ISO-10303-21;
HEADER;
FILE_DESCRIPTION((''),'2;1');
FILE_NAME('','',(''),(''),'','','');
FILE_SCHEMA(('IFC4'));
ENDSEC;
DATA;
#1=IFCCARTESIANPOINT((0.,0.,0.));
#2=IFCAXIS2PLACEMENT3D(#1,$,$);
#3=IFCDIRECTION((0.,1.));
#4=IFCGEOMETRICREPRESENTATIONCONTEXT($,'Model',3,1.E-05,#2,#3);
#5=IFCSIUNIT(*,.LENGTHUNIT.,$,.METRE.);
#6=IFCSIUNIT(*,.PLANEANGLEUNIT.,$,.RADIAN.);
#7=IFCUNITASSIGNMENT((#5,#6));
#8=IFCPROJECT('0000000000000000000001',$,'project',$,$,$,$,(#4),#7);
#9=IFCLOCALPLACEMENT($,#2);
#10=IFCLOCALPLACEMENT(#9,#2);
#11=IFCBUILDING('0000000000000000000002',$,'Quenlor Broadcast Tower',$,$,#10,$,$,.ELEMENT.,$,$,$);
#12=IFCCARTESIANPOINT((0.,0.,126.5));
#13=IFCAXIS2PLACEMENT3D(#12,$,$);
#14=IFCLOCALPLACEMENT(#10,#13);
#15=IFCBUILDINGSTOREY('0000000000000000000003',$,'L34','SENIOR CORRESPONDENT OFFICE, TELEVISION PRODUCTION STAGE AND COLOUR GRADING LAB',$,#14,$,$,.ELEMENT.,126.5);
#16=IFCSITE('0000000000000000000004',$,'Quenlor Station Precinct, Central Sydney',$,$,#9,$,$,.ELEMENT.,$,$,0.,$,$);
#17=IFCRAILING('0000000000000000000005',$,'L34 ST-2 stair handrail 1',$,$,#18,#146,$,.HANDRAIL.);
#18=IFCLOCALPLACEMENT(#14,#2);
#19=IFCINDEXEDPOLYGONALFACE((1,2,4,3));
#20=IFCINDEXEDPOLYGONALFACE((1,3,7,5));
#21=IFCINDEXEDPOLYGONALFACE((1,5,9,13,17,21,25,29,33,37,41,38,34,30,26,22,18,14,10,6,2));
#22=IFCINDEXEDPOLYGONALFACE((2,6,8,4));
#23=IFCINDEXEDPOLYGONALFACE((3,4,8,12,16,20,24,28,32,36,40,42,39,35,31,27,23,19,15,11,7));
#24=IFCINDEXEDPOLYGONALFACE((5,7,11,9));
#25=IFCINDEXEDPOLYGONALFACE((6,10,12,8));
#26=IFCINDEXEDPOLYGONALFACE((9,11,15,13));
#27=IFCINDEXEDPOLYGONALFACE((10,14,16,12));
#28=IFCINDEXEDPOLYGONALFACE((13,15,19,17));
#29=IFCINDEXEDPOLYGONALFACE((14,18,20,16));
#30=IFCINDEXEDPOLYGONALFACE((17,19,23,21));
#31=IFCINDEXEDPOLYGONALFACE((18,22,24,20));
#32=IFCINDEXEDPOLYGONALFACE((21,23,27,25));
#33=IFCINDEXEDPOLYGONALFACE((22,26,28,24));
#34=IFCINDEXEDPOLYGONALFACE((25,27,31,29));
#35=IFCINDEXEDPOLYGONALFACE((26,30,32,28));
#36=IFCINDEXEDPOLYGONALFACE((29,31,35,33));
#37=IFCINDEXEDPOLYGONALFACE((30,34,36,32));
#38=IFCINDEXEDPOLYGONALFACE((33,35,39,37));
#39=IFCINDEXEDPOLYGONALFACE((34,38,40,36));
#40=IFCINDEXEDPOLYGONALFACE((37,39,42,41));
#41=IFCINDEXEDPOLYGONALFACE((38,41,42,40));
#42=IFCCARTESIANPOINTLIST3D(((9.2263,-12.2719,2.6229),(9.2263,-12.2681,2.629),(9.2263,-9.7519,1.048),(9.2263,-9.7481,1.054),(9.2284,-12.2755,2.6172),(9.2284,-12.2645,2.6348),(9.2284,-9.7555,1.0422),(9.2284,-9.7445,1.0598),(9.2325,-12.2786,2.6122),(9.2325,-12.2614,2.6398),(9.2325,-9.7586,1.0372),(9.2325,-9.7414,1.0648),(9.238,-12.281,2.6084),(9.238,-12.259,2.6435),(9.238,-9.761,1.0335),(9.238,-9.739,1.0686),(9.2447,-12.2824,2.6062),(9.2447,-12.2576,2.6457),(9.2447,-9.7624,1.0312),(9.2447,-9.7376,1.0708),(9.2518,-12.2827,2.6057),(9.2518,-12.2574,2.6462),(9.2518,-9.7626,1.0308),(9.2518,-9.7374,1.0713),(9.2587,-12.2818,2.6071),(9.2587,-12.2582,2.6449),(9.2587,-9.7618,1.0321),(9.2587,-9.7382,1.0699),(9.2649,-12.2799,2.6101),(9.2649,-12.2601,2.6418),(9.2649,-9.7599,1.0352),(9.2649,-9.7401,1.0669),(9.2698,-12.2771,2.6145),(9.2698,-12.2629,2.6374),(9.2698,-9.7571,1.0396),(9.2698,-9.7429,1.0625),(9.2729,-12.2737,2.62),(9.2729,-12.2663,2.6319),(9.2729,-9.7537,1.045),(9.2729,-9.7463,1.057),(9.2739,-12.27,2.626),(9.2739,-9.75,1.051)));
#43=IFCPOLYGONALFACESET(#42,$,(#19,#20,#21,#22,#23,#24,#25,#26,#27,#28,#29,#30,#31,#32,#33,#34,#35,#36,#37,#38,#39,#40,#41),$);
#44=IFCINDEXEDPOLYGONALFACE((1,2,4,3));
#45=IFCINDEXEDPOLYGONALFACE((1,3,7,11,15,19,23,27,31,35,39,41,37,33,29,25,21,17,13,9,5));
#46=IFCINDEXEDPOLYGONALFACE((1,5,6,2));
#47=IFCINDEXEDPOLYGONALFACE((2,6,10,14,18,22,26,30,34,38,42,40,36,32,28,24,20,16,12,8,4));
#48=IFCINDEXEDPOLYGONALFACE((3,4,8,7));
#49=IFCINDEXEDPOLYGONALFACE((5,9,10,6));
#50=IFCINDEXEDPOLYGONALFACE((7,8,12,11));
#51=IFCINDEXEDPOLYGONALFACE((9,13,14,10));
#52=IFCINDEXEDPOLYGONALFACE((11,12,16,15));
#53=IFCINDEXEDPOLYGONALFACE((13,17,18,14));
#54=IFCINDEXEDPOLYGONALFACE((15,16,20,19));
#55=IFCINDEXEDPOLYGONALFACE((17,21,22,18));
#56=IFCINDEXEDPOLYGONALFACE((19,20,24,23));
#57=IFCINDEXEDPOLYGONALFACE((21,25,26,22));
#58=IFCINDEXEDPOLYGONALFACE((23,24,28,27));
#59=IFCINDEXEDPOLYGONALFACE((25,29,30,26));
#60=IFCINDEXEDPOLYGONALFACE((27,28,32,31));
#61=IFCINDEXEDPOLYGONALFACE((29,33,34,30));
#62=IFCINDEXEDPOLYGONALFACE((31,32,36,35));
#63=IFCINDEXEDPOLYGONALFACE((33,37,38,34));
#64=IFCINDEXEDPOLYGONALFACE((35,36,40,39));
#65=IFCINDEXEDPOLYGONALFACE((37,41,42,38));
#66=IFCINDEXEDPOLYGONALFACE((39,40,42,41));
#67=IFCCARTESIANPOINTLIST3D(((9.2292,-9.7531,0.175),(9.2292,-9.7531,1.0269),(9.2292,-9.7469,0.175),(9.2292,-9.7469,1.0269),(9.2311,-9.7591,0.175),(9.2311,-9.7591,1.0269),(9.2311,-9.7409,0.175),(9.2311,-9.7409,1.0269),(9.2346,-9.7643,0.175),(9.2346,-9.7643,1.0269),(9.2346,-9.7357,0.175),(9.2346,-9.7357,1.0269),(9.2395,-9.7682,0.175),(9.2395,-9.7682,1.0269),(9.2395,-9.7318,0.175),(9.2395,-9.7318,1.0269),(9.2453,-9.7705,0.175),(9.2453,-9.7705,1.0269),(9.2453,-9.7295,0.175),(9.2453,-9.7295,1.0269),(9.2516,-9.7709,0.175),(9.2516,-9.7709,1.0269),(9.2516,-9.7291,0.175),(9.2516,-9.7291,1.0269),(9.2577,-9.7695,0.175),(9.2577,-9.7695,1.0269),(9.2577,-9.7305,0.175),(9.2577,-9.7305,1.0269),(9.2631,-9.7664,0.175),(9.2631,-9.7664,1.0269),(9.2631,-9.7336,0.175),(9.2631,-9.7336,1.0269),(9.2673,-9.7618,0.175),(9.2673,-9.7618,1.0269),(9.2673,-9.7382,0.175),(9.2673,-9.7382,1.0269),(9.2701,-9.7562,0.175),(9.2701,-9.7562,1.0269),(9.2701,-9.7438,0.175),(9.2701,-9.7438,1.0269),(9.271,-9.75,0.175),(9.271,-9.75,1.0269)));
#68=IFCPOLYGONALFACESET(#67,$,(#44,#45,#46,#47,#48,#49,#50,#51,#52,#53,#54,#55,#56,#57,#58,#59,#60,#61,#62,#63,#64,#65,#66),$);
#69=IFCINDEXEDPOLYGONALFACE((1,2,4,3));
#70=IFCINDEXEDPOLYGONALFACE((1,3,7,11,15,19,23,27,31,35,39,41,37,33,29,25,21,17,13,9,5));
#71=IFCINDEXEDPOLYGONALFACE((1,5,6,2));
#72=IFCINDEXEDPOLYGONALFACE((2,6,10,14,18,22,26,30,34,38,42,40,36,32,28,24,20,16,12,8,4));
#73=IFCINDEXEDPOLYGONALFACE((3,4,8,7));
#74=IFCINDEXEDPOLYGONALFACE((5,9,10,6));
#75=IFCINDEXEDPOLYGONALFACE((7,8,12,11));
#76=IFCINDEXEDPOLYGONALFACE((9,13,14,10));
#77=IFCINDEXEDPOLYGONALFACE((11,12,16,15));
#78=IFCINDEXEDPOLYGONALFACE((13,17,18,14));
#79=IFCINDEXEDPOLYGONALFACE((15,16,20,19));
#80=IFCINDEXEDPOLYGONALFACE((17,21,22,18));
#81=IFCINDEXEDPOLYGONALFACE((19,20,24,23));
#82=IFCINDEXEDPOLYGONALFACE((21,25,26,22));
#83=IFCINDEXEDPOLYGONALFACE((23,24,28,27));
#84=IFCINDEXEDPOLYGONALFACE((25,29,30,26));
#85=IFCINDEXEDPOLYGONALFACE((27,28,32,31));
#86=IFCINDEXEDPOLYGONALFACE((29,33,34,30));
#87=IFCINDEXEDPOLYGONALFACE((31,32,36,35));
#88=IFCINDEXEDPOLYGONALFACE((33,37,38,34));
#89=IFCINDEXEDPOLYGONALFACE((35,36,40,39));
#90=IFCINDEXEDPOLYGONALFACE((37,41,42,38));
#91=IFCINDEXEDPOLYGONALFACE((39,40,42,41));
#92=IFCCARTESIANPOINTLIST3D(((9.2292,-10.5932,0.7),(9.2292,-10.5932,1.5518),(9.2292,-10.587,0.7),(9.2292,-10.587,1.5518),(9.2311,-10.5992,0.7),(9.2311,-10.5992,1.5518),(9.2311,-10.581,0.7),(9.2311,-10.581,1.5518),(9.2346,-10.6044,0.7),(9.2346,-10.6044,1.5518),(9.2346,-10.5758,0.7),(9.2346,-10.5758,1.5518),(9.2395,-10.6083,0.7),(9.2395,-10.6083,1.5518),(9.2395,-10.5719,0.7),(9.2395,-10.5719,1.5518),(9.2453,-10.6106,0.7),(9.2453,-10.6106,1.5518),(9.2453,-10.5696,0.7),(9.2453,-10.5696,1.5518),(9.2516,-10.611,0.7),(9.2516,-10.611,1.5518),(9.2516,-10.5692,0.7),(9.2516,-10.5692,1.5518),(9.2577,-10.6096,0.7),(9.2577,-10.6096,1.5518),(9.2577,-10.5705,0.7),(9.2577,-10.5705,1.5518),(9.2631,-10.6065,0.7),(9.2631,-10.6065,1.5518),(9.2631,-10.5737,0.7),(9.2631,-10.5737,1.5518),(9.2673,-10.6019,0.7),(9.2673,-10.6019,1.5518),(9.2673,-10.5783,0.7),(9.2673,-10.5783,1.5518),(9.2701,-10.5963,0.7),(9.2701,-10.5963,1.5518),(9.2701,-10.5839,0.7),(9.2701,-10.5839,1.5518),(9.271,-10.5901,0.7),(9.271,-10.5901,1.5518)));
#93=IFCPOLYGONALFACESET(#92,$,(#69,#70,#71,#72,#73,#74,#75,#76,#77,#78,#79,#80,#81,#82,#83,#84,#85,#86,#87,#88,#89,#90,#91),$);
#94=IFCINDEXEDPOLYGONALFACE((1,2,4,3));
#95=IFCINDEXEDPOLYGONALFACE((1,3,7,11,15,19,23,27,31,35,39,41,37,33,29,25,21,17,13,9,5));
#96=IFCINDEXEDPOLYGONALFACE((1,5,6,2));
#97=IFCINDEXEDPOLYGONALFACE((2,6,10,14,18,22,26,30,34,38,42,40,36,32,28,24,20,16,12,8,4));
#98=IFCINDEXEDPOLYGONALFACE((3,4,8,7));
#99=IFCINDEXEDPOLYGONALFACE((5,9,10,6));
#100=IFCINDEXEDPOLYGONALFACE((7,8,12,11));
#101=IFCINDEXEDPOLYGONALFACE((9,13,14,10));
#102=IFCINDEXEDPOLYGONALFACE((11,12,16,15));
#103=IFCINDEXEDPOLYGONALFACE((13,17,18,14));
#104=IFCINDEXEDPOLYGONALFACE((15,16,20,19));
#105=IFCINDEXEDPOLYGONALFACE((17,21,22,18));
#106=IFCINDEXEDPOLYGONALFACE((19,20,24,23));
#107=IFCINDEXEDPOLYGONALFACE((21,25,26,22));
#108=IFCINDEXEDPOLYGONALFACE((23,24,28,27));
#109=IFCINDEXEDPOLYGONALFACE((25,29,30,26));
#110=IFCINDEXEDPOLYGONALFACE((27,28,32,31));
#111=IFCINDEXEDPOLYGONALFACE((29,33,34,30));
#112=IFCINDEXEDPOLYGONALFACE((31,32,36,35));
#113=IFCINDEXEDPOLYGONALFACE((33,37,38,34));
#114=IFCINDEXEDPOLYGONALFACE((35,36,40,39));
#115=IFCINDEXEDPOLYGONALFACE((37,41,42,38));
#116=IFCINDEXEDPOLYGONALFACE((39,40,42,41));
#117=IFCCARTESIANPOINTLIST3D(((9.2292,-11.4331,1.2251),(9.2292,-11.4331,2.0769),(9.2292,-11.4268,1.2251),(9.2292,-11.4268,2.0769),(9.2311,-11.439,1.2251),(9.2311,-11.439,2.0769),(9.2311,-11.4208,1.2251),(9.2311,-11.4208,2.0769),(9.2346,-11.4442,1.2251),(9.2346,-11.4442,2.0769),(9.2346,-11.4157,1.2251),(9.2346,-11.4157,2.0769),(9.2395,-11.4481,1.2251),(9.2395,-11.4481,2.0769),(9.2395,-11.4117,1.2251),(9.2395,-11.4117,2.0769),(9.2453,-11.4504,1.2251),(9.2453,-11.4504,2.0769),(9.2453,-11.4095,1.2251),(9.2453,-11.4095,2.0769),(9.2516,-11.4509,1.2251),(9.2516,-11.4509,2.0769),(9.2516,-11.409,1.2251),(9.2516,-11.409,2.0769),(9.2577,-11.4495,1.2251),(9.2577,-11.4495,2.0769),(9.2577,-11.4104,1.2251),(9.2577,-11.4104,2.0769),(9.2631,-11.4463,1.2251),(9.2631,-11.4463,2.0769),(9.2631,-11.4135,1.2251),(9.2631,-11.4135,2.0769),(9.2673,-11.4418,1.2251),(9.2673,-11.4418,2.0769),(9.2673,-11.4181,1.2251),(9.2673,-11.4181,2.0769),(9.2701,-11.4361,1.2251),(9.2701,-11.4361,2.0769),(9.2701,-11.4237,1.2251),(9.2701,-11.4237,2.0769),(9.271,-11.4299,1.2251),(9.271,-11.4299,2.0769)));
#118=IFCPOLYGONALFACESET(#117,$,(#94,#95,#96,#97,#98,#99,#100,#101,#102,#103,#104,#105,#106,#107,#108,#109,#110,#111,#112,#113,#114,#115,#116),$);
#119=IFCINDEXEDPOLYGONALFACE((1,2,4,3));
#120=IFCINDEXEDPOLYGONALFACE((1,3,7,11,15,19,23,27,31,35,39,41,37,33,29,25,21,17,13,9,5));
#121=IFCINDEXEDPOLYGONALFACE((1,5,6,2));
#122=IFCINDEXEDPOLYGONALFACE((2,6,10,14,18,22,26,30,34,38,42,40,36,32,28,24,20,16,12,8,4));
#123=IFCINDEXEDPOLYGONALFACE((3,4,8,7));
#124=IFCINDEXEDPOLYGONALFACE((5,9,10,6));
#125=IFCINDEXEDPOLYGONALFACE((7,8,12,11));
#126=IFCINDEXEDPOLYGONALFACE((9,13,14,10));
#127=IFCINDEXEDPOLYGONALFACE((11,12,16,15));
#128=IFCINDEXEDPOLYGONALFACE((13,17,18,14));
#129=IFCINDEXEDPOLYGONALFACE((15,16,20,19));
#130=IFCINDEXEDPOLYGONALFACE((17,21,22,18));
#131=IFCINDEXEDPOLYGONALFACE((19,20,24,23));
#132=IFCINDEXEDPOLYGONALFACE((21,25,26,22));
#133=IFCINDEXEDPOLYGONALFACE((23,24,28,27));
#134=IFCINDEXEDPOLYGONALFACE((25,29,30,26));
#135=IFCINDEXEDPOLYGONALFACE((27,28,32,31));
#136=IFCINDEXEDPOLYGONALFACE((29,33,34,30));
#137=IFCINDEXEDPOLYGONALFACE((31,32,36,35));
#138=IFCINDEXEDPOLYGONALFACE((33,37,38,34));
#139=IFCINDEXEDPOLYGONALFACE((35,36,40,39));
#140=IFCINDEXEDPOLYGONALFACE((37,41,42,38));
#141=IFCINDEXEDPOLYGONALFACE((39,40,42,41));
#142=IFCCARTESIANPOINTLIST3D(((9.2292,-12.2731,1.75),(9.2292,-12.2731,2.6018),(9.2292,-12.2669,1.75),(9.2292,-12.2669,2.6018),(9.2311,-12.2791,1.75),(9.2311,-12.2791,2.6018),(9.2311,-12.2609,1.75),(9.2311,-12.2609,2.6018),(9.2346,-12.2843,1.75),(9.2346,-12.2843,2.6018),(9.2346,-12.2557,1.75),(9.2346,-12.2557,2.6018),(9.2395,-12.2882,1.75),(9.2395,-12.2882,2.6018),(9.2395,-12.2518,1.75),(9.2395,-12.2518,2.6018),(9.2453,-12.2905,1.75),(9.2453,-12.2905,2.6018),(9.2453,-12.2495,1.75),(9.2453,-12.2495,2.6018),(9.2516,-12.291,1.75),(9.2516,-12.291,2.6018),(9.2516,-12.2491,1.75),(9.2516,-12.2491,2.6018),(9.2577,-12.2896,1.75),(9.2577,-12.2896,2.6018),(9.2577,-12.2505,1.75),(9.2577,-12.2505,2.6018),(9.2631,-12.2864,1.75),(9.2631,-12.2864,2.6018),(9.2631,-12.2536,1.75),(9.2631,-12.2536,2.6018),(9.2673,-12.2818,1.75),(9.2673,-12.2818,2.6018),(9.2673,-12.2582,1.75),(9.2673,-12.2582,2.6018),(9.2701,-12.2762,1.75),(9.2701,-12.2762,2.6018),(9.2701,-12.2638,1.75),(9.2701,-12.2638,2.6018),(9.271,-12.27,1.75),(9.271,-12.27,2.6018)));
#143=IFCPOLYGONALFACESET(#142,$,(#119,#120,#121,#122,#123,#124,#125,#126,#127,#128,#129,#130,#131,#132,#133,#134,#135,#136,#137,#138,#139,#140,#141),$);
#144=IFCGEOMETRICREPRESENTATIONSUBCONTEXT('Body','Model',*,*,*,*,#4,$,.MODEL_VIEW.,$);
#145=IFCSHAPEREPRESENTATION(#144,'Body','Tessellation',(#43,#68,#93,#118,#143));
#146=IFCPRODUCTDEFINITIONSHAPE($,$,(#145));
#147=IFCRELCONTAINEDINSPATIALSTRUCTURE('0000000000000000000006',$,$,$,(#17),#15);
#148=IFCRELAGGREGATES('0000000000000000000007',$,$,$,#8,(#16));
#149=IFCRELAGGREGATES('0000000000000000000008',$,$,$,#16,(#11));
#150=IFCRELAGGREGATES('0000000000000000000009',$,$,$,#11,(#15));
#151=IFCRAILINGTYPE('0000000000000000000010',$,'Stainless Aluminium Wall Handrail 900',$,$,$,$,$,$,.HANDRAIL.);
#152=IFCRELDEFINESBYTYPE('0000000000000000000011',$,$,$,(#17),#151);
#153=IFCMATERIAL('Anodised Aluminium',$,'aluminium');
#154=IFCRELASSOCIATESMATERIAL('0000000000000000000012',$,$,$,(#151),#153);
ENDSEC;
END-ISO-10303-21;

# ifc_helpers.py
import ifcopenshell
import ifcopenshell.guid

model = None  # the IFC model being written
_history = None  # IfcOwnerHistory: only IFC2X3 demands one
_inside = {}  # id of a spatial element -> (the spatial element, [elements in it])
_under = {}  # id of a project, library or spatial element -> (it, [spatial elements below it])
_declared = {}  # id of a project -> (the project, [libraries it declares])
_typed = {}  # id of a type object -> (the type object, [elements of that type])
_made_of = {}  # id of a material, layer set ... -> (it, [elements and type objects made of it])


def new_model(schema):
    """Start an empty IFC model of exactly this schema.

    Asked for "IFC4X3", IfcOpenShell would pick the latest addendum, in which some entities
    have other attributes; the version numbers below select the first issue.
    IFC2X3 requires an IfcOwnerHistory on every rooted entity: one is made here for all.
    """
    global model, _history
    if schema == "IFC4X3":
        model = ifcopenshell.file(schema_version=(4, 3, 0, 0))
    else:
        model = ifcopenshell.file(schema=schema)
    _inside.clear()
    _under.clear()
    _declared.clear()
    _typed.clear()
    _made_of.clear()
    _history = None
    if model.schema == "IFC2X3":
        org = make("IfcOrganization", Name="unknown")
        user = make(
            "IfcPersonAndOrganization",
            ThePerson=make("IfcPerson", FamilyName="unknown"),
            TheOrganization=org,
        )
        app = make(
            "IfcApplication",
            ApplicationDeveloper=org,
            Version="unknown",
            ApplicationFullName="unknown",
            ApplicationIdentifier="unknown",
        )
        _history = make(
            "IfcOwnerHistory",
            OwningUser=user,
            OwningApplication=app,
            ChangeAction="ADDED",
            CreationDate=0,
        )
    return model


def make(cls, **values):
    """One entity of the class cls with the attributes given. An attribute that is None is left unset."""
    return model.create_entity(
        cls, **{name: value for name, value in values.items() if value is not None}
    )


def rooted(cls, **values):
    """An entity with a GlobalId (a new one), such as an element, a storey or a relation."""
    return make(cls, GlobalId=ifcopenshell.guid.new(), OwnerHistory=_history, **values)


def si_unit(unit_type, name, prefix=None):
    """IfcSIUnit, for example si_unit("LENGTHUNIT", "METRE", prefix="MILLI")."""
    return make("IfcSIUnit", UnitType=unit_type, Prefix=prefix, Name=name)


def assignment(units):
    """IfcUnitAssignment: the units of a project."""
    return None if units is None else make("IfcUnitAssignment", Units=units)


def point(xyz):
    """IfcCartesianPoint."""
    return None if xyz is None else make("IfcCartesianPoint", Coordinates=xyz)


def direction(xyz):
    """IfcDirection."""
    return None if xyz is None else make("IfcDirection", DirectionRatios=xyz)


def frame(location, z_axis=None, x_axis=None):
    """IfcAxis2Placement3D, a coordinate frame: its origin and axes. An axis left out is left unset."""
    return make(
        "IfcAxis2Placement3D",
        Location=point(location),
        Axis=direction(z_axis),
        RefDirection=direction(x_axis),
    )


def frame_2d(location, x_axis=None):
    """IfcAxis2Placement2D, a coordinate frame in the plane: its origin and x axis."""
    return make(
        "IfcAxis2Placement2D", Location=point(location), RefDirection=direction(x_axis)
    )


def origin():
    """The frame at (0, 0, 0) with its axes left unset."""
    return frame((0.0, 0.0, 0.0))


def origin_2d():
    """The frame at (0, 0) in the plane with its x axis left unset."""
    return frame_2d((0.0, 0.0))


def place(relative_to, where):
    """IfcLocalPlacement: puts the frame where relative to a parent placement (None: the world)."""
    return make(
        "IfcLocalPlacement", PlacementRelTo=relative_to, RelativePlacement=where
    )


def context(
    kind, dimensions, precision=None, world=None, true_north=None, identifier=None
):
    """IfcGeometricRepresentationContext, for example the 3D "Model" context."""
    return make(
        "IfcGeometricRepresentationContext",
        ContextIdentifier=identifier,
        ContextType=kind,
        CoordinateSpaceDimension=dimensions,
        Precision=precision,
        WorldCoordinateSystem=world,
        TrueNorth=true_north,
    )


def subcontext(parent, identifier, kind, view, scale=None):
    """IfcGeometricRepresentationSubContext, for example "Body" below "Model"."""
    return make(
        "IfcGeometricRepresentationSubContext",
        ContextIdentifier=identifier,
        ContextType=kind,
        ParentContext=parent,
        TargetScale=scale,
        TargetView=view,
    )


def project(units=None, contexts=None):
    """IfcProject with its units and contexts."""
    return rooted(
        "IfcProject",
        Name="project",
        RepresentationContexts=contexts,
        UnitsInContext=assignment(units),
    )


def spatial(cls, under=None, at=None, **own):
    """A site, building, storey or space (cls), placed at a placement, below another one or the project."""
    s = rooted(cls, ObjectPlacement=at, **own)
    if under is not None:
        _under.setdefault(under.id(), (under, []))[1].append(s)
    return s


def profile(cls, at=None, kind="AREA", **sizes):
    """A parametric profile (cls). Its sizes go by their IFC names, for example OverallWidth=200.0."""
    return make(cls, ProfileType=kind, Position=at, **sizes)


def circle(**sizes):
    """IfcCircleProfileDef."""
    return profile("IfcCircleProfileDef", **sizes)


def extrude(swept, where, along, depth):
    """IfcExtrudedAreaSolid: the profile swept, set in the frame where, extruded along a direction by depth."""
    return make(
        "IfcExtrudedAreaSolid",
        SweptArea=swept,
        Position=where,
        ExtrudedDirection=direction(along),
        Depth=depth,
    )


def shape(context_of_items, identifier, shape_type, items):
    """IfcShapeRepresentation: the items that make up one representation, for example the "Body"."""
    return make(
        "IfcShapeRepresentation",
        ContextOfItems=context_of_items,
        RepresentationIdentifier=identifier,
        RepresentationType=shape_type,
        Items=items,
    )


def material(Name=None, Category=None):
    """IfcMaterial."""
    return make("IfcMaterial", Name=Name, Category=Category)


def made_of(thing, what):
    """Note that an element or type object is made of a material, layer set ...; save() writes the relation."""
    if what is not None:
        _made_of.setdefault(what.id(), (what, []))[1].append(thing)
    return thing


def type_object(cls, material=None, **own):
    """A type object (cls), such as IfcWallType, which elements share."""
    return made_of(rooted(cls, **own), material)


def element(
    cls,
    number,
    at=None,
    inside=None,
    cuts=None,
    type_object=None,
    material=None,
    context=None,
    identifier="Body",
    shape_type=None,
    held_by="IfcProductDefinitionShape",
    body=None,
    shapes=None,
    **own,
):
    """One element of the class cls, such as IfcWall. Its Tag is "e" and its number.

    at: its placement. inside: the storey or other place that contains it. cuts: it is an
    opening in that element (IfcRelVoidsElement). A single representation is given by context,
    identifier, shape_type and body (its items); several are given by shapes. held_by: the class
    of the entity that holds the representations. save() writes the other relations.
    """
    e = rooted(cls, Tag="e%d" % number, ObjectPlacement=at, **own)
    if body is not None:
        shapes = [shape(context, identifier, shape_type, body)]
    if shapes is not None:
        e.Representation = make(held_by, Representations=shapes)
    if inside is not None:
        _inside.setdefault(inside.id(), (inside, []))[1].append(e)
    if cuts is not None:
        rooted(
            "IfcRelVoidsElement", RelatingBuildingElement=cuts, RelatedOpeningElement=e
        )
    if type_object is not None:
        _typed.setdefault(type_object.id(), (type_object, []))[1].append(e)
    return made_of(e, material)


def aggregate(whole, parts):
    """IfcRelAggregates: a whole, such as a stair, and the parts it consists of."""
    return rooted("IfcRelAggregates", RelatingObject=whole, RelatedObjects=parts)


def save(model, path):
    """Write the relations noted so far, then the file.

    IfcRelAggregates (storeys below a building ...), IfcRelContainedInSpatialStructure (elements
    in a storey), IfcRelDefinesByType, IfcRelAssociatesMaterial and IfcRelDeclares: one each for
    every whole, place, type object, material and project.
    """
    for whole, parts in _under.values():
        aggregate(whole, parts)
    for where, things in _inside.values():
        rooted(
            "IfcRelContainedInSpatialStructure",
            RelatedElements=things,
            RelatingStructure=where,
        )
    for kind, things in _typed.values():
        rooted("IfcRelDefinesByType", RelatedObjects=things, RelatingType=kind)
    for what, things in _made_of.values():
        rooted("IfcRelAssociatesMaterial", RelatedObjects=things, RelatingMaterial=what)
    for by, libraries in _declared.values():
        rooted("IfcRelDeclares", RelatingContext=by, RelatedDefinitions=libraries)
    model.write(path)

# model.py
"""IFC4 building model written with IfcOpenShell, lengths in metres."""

from ifc_helpers import new_model, si_unit, direction, frame, origin, origin_2d, place, context, subcontext, project, spatial, circle, extrude, material, type_object, element, save


model = new_model("IFC4")

# Units and contexts
model_context = context("Model", 3, precision=1e-05, world=origin(), true_north=direction((0.0, 1.0)))
body_context = subcontext(model_context, "Body", "Model", "MODEL_VIEW")
ifc_project = project(units=[si_unit("LENGTHUNIT", "METRE"), si_unit("PLANEANGLEUNIT", "RADIAN")], contexts=[model_context])

# Site, building, storey
site_placement = place(None, origin())
site = spatial("IfcSite", under=ifc_project, at=site_placement, Name="Quenlor Station Precinct, Central Sydney", CompositionType="ELEMENT", RefElevation=0.0)
building_placement = place(site_placement, origin())
building = spatial("IfcBuilding", under=site, at=building_placement, Name="Quenlor Broadcast Tower", CompositionType="ELEMENT")
storey_placement = place(building_placement, frame((0.0, 0.0, 126.5)))
storey = spatial("IfcBuildingStorey", under=building, at=storey_placement, Name="L34", Description="SENIOR CORRESPONDENT OFFICE, TELEVISION PRODUCTION STAGE AND COLOUR GRADING LAB", CompositionType="ELEMENT", Elevation=126.5)

# Railing
ifc_material_1 = material(Name="Anodised Aluminium", Category="aluminium")
railing_type_1 = type_object("IfcRailingType", Name="Stainless Aluminium Wall Handrail 900", PredefinedType="HANDRAIL", material=ifc_material_1)
railing_1_placement = place(storey_placement, frame((9.25, -9.75, 0.175)))
element("IfcRailing", 1, at=railing_1_placement, inside=storey, type_object=railing_type_1, Name="L34 ST-2 stair handrail 1", PredefinedType="HANDRAIL", context=body_context, shape_type="SweptSolid", body=[
    extrude(circle(Radius=0.0239, at=origin_2d()), frame((0.0, 0.0, 0.876), z_axis=(0.0, -0.848008, 0.529984), x_axis=(1.0, 0.0, 0.0)), (0.0, 0.0, 1.0), 2.9717),
    extrude(circle(Radius=0.021, at=origin_2d()), origin(), (0.0, 0.0, 1.0), 0.8518),
    extrude(circle(Radius=0.021, at=origin_2d()), frame((0.0, -0.8401, 0.5249)), (0.0, 0.0, 1.0), 0.8518),
    extrude(circle(Radius=0.021, at=origin_2d()), frame((0.0, -1.6799, 1.05)), (0.0, 0.0, 1.0), 0.8518),
    extrude(circle(Radius=0.021, at=origin_2d()), frame((0.0, -2.52, 1.575)), (0.0, 0.0, 1.0), 0.8518),
])

save(model, "model.ifc")
